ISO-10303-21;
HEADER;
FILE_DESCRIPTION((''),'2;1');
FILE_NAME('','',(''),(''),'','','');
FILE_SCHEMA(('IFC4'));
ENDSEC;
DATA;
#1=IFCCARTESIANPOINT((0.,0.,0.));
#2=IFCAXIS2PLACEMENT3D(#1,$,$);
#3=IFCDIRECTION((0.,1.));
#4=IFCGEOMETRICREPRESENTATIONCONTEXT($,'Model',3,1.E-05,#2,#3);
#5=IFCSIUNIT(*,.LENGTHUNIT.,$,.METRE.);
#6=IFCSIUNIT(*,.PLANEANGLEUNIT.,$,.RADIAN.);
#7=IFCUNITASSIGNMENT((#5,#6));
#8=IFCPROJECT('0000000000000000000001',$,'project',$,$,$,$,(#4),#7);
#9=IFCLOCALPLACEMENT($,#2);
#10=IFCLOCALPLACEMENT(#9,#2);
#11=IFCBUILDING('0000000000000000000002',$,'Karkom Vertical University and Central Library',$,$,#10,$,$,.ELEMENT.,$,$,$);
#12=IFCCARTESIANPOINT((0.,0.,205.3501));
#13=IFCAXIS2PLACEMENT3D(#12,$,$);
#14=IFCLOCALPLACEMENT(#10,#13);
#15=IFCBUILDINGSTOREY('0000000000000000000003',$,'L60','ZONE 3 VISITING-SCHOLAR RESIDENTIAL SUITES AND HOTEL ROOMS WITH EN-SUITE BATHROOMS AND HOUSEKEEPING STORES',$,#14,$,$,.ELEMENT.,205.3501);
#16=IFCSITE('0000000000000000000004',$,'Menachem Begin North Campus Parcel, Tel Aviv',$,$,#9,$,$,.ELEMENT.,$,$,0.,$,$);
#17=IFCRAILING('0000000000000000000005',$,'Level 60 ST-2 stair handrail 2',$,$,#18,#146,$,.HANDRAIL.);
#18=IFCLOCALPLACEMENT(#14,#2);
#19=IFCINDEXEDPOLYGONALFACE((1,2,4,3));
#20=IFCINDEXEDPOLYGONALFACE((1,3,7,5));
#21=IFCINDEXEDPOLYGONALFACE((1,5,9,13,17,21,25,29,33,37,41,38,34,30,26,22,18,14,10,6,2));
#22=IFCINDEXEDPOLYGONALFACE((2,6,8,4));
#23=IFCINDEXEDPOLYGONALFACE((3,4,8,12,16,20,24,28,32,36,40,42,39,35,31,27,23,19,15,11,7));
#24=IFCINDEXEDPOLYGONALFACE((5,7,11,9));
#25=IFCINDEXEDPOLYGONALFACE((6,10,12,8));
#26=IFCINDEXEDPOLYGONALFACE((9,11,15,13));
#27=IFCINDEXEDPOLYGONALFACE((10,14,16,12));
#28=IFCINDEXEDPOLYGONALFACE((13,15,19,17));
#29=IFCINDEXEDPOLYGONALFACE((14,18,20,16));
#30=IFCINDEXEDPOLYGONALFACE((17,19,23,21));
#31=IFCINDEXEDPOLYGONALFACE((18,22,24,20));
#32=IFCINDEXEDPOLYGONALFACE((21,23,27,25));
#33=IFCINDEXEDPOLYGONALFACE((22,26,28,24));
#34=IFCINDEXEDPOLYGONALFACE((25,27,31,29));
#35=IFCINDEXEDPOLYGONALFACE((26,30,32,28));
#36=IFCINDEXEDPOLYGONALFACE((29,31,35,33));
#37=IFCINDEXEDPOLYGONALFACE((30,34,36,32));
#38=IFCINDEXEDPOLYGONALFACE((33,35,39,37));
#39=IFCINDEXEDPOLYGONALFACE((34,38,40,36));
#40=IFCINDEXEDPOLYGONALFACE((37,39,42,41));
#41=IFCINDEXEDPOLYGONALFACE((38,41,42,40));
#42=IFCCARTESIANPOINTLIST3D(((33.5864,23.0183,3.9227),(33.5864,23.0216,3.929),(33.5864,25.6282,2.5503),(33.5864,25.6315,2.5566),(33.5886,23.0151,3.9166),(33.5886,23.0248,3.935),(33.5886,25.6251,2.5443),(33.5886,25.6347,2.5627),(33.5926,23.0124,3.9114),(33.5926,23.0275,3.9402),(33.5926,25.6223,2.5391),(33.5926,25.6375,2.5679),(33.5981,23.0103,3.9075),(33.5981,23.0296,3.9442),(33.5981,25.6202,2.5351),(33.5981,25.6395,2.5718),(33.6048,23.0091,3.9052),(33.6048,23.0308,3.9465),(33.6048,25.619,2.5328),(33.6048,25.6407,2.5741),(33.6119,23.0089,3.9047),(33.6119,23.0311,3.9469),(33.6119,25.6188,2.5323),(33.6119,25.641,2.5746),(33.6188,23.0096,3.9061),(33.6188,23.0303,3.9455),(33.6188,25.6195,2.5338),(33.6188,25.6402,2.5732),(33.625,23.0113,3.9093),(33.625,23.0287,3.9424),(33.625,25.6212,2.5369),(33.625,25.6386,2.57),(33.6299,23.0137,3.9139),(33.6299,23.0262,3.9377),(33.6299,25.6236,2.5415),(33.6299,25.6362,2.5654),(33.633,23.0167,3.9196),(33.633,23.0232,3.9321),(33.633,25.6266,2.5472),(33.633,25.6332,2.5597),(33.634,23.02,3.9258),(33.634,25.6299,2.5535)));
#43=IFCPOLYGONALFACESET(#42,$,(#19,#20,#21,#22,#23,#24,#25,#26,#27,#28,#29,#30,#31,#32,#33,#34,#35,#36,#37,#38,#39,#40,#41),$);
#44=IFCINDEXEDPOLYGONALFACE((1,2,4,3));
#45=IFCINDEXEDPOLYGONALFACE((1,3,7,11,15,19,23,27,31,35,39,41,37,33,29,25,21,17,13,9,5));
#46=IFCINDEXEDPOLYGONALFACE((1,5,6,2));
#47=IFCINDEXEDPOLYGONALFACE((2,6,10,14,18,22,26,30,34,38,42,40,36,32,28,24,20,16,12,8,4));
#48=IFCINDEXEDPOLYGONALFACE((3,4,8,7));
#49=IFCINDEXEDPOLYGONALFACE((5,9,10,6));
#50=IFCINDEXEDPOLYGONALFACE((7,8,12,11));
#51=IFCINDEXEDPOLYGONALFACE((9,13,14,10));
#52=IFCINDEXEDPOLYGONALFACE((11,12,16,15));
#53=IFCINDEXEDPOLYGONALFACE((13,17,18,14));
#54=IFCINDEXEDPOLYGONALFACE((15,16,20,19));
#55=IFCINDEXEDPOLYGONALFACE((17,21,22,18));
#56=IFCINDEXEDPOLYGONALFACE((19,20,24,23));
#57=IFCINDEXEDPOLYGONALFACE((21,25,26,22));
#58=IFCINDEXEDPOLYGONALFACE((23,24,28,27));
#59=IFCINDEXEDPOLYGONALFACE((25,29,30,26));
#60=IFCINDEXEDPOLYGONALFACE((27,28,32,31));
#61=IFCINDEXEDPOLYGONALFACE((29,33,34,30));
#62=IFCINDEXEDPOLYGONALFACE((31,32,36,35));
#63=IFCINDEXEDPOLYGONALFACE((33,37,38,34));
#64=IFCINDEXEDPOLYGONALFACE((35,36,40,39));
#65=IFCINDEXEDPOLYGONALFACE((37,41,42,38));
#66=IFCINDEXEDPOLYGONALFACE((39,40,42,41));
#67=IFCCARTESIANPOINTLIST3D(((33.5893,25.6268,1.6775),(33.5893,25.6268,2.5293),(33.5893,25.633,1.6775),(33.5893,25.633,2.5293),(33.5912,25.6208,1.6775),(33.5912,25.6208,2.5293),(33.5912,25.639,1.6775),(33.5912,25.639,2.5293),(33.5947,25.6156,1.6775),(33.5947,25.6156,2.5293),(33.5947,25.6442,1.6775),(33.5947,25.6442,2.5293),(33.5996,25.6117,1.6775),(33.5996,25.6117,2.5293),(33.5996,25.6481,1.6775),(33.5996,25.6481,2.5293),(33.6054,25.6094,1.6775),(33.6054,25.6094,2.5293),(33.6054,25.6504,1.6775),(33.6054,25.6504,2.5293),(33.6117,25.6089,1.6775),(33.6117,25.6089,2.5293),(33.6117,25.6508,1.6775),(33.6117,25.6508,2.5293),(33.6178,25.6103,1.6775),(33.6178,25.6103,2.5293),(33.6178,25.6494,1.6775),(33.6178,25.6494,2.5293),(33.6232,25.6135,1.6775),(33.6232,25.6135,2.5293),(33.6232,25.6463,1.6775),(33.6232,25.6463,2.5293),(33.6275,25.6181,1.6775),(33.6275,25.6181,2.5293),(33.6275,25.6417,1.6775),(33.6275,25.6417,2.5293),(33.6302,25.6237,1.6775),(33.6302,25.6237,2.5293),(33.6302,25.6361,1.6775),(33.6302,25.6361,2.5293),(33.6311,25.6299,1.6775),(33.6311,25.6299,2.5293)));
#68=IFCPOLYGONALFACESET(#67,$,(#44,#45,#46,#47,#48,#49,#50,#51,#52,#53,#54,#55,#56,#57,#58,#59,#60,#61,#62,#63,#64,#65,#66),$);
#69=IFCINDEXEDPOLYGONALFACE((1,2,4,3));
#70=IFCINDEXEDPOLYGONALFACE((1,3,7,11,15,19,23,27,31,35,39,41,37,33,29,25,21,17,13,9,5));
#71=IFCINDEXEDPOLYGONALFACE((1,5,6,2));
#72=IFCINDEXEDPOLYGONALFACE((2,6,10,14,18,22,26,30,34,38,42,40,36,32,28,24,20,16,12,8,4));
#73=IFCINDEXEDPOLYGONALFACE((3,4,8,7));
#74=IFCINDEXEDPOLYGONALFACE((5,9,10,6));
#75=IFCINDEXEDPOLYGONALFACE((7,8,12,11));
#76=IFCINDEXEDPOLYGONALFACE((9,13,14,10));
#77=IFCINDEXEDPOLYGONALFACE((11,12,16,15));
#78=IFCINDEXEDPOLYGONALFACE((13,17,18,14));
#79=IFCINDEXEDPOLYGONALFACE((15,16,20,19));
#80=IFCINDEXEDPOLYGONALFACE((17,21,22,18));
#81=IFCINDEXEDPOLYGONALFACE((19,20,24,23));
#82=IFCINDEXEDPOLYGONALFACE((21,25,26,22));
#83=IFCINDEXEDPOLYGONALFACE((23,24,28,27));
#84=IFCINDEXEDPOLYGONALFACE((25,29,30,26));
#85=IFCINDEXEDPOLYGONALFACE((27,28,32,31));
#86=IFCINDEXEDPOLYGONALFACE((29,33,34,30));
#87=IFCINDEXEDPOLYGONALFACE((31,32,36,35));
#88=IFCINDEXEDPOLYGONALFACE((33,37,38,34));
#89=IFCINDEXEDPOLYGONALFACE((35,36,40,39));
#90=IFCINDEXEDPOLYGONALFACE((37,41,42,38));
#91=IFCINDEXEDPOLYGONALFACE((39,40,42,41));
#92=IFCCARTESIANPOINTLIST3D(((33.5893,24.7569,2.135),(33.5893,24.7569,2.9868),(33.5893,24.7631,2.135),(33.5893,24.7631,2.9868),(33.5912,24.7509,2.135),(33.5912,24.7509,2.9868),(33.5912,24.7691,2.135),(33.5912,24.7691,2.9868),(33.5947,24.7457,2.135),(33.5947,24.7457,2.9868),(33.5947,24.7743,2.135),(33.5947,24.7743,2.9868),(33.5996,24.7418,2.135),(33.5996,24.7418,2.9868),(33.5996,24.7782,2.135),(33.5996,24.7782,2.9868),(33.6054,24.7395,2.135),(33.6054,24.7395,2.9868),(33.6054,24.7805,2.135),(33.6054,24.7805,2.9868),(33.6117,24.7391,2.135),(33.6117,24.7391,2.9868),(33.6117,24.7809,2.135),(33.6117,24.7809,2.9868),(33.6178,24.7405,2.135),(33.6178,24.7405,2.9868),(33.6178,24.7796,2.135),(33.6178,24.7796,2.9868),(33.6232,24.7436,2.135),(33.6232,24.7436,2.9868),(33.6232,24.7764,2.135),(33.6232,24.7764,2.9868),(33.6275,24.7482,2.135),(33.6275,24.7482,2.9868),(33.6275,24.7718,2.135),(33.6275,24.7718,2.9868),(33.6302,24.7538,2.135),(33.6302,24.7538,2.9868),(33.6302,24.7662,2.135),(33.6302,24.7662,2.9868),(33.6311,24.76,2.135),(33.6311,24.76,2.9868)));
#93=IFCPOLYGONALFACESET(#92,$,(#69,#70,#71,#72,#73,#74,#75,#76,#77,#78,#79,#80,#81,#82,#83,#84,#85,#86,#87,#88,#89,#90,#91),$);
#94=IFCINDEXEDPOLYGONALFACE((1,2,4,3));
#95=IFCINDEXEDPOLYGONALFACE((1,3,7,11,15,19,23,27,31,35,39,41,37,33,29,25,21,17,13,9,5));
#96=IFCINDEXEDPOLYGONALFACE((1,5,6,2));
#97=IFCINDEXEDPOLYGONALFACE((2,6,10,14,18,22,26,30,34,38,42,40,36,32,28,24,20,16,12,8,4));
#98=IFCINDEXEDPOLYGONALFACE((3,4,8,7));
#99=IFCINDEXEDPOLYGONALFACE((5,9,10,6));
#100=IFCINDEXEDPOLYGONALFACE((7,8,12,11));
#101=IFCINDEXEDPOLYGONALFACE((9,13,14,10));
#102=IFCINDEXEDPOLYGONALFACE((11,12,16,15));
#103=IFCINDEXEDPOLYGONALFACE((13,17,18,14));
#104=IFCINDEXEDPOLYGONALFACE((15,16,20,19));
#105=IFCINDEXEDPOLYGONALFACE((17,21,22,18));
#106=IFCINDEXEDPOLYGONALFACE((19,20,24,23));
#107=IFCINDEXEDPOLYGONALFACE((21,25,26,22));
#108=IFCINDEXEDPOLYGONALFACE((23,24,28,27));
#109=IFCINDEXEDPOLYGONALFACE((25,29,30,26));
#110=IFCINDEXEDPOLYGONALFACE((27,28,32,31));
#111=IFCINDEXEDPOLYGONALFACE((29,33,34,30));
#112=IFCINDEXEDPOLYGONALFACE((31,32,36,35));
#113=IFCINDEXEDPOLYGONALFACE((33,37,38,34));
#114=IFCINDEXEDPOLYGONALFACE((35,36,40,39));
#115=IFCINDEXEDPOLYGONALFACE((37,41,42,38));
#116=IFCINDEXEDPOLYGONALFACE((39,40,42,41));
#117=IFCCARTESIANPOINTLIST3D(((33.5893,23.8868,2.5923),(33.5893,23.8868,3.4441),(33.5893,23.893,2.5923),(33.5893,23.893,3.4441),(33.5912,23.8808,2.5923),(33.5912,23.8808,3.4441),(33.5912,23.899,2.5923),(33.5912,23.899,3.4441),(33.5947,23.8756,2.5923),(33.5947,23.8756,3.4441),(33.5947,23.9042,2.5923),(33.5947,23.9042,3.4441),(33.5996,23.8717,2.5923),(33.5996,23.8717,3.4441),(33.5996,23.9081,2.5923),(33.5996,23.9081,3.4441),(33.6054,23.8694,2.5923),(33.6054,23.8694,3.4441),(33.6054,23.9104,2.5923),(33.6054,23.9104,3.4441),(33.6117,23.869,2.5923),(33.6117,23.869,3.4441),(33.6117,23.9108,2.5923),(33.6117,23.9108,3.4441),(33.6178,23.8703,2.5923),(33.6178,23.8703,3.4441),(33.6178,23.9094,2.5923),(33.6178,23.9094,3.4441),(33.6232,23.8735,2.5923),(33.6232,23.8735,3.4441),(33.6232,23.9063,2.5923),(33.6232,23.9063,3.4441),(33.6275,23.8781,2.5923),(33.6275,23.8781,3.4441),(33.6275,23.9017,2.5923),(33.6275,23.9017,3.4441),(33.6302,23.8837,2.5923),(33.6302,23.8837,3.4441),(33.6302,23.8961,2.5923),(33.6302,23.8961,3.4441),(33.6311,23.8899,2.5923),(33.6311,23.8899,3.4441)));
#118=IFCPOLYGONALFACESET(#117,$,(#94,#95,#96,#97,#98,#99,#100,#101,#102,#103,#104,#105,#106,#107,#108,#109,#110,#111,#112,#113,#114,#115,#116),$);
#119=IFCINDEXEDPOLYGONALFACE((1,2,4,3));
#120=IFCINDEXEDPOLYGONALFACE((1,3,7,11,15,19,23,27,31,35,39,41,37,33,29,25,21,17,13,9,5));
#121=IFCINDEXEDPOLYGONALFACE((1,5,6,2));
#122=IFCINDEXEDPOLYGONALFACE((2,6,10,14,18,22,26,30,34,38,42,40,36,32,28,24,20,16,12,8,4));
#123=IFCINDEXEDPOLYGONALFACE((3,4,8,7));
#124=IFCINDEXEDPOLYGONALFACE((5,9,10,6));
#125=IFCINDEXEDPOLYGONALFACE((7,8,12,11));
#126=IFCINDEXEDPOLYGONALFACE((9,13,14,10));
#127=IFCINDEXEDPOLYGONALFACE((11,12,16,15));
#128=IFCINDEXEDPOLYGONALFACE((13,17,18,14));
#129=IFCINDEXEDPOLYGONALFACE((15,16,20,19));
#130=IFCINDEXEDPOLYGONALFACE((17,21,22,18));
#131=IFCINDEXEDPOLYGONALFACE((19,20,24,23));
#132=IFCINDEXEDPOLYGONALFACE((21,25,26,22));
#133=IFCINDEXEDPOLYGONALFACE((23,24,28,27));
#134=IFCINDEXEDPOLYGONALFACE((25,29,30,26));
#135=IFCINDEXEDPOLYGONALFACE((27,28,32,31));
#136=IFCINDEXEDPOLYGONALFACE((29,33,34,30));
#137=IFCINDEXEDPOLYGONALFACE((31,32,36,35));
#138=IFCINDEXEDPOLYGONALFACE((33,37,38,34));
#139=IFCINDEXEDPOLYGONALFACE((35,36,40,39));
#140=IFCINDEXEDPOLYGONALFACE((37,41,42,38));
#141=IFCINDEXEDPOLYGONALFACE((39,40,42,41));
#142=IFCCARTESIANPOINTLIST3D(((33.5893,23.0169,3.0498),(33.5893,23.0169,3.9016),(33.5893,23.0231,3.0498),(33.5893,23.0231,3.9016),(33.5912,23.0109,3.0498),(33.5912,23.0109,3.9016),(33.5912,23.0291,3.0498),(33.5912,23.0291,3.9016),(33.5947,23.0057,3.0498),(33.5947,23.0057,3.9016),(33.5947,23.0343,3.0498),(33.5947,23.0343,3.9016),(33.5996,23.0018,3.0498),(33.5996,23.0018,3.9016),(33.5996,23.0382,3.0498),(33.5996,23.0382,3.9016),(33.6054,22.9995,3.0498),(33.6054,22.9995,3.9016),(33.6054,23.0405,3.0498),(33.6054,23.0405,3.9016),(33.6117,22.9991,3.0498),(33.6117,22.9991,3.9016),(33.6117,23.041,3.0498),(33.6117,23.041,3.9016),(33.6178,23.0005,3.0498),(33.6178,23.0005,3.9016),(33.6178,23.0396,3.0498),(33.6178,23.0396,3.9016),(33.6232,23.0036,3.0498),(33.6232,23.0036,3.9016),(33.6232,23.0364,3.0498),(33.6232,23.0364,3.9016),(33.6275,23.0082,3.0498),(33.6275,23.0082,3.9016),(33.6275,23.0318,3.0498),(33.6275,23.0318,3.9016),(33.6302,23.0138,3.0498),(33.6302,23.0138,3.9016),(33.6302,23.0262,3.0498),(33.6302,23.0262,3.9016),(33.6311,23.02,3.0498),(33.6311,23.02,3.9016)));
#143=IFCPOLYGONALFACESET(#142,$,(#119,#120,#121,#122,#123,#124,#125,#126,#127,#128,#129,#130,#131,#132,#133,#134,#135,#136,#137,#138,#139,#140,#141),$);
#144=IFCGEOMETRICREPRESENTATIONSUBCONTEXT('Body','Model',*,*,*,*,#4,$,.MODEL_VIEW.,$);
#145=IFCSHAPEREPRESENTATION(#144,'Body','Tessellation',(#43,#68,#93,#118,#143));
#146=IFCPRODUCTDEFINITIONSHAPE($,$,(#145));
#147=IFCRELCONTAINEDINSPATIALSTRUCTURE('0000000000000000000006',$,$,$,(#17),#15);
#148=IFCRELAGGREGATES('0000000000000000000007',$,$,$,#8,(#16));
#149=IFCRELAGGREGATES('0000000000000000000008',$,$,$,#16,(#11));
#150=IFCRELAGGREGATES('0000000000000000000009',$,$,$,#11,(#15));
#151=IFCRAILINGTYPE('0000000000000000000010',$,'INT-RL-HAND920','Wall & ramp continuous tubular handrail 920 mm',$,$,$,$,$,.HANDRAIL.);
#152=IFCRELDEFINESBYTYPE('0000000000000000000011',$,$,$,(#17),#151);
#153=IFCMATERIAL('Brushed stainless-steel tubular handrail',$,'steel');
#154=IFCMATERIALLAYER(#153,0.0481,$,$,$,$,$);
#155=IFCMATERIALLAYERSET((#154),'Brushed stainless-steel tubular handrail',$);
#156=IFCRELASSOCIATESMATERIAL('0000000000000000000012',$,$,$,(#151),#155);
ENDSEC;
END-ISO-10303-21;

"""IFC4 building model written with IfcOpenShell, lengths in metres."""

from ifc_helpers import new_model, si_unit, direction, frame, origin, origin_2d, place, context, subcontext, project, spatial, circle, extrude, material, layer, layer_set, type_object, element, save


model = new_model("IFC4")

# Units and contexts
model_context = context("Model", 3, precision=1e-05, world=origin(), true_north=direction((0.0, 1.0)))
body_context = subcontext(model_context, "Body", "Model", "MODEL_VIEW")
ifc_project = project(units=[si_unit("LENGTHUNIT", "METRE"), si_unit("PLANEANGLEUNIT", "RADIAN")], contexts=[model_context])

# Site, building, storey
site_placement = place(None, origin())
site = spatial("IfcSite", under=ifc_project, at=site_placement, Name="Menachem Begin North Campus Parcel, Tel Aviv", CompositionType="ELEMENT", RefElevation=0.0)
building_placement = place(site_placement, origin())
building = spatial("IfcBuilding", under=site, at=building_placement, Name="Karkom Vertical University and Central Library", CompositionType="ELEMENT")
storey_placement = place(building_placement, frame((0.0, 0.0, 205.3501)))
storey = spatial("IfcBuildingStorey", under=building, at=storey_placement, Name="L60", Description="ZONE 3 VISITING-SCHOLAR RESIDENTIAL SUITES AND HOTEL ROOMS WITH EN-SUITE BATHROOMS AND HOUSEKEEPING STORES", CompositionType="ELEMENT", Elevation=205.3501)

# Railing
ifc_material_1 = material(Name="Brushed stainless-steel tubular handrail", Category="steel")
ifc_layer_1 = layer(ifc_material_1, 0.0481)
ifc_layer_set_1 = layer_set([ifc_layer_1], Name="Brushed stainless-steel tubular handrail")
railing_type_1 = type_object("IfcRailingType", Name="INT-RL-HAND920", Description="Wall & ramp continuous tubular handrail 920 mm", PredefinedType="HANDRAIL", material=ifc_layer_set_1)
railing_1_placement = place(storey_placement, frame((33.6101, 25.6299, 1.6775)))
element("IfcRailing", 1, at=railing_1_placement, inside=storey, type_object=railing_type_1, Name="Level 60 ST-2 stair handrail 2", PredefinedType="HANDRAIL", context=body_context, shape_type="SweptSolid", body=[
    extrude(circle(Radius=0.0239, at=origin_2d()), frame((0.0, 0.0, 0.876), z_axis=(0.0, -0.8851, 0.465402), x_axis=(1.0, 0.0, 0.0)), (0.0, 0.0, 1.0), 2.9487),
    extrude(circle(Radius=0.021, at=origin_2d()), origin(), (0.0, 0.0, 1.0), 0.8518),
    extrude(circle(Radius=0.021, at=origin_2d()), frame((0.0, -0.8699, 0.4575)), (0.0, 0.0, 1.0), 0.8518),
    extrude(circle(Radius=0.021, at=origin_2d()), frame((0.0, -1.74, 0.9148)), (0.0, 0.0, 1.0), 0.8518),
    extrude(circle(Radius=0.021, at=origin_2d()), frame((0.0, -2.6099, 1.3723)), (0.0, 0.0, 1.0), 0.8518),
])

save(model, "model.ifc")
